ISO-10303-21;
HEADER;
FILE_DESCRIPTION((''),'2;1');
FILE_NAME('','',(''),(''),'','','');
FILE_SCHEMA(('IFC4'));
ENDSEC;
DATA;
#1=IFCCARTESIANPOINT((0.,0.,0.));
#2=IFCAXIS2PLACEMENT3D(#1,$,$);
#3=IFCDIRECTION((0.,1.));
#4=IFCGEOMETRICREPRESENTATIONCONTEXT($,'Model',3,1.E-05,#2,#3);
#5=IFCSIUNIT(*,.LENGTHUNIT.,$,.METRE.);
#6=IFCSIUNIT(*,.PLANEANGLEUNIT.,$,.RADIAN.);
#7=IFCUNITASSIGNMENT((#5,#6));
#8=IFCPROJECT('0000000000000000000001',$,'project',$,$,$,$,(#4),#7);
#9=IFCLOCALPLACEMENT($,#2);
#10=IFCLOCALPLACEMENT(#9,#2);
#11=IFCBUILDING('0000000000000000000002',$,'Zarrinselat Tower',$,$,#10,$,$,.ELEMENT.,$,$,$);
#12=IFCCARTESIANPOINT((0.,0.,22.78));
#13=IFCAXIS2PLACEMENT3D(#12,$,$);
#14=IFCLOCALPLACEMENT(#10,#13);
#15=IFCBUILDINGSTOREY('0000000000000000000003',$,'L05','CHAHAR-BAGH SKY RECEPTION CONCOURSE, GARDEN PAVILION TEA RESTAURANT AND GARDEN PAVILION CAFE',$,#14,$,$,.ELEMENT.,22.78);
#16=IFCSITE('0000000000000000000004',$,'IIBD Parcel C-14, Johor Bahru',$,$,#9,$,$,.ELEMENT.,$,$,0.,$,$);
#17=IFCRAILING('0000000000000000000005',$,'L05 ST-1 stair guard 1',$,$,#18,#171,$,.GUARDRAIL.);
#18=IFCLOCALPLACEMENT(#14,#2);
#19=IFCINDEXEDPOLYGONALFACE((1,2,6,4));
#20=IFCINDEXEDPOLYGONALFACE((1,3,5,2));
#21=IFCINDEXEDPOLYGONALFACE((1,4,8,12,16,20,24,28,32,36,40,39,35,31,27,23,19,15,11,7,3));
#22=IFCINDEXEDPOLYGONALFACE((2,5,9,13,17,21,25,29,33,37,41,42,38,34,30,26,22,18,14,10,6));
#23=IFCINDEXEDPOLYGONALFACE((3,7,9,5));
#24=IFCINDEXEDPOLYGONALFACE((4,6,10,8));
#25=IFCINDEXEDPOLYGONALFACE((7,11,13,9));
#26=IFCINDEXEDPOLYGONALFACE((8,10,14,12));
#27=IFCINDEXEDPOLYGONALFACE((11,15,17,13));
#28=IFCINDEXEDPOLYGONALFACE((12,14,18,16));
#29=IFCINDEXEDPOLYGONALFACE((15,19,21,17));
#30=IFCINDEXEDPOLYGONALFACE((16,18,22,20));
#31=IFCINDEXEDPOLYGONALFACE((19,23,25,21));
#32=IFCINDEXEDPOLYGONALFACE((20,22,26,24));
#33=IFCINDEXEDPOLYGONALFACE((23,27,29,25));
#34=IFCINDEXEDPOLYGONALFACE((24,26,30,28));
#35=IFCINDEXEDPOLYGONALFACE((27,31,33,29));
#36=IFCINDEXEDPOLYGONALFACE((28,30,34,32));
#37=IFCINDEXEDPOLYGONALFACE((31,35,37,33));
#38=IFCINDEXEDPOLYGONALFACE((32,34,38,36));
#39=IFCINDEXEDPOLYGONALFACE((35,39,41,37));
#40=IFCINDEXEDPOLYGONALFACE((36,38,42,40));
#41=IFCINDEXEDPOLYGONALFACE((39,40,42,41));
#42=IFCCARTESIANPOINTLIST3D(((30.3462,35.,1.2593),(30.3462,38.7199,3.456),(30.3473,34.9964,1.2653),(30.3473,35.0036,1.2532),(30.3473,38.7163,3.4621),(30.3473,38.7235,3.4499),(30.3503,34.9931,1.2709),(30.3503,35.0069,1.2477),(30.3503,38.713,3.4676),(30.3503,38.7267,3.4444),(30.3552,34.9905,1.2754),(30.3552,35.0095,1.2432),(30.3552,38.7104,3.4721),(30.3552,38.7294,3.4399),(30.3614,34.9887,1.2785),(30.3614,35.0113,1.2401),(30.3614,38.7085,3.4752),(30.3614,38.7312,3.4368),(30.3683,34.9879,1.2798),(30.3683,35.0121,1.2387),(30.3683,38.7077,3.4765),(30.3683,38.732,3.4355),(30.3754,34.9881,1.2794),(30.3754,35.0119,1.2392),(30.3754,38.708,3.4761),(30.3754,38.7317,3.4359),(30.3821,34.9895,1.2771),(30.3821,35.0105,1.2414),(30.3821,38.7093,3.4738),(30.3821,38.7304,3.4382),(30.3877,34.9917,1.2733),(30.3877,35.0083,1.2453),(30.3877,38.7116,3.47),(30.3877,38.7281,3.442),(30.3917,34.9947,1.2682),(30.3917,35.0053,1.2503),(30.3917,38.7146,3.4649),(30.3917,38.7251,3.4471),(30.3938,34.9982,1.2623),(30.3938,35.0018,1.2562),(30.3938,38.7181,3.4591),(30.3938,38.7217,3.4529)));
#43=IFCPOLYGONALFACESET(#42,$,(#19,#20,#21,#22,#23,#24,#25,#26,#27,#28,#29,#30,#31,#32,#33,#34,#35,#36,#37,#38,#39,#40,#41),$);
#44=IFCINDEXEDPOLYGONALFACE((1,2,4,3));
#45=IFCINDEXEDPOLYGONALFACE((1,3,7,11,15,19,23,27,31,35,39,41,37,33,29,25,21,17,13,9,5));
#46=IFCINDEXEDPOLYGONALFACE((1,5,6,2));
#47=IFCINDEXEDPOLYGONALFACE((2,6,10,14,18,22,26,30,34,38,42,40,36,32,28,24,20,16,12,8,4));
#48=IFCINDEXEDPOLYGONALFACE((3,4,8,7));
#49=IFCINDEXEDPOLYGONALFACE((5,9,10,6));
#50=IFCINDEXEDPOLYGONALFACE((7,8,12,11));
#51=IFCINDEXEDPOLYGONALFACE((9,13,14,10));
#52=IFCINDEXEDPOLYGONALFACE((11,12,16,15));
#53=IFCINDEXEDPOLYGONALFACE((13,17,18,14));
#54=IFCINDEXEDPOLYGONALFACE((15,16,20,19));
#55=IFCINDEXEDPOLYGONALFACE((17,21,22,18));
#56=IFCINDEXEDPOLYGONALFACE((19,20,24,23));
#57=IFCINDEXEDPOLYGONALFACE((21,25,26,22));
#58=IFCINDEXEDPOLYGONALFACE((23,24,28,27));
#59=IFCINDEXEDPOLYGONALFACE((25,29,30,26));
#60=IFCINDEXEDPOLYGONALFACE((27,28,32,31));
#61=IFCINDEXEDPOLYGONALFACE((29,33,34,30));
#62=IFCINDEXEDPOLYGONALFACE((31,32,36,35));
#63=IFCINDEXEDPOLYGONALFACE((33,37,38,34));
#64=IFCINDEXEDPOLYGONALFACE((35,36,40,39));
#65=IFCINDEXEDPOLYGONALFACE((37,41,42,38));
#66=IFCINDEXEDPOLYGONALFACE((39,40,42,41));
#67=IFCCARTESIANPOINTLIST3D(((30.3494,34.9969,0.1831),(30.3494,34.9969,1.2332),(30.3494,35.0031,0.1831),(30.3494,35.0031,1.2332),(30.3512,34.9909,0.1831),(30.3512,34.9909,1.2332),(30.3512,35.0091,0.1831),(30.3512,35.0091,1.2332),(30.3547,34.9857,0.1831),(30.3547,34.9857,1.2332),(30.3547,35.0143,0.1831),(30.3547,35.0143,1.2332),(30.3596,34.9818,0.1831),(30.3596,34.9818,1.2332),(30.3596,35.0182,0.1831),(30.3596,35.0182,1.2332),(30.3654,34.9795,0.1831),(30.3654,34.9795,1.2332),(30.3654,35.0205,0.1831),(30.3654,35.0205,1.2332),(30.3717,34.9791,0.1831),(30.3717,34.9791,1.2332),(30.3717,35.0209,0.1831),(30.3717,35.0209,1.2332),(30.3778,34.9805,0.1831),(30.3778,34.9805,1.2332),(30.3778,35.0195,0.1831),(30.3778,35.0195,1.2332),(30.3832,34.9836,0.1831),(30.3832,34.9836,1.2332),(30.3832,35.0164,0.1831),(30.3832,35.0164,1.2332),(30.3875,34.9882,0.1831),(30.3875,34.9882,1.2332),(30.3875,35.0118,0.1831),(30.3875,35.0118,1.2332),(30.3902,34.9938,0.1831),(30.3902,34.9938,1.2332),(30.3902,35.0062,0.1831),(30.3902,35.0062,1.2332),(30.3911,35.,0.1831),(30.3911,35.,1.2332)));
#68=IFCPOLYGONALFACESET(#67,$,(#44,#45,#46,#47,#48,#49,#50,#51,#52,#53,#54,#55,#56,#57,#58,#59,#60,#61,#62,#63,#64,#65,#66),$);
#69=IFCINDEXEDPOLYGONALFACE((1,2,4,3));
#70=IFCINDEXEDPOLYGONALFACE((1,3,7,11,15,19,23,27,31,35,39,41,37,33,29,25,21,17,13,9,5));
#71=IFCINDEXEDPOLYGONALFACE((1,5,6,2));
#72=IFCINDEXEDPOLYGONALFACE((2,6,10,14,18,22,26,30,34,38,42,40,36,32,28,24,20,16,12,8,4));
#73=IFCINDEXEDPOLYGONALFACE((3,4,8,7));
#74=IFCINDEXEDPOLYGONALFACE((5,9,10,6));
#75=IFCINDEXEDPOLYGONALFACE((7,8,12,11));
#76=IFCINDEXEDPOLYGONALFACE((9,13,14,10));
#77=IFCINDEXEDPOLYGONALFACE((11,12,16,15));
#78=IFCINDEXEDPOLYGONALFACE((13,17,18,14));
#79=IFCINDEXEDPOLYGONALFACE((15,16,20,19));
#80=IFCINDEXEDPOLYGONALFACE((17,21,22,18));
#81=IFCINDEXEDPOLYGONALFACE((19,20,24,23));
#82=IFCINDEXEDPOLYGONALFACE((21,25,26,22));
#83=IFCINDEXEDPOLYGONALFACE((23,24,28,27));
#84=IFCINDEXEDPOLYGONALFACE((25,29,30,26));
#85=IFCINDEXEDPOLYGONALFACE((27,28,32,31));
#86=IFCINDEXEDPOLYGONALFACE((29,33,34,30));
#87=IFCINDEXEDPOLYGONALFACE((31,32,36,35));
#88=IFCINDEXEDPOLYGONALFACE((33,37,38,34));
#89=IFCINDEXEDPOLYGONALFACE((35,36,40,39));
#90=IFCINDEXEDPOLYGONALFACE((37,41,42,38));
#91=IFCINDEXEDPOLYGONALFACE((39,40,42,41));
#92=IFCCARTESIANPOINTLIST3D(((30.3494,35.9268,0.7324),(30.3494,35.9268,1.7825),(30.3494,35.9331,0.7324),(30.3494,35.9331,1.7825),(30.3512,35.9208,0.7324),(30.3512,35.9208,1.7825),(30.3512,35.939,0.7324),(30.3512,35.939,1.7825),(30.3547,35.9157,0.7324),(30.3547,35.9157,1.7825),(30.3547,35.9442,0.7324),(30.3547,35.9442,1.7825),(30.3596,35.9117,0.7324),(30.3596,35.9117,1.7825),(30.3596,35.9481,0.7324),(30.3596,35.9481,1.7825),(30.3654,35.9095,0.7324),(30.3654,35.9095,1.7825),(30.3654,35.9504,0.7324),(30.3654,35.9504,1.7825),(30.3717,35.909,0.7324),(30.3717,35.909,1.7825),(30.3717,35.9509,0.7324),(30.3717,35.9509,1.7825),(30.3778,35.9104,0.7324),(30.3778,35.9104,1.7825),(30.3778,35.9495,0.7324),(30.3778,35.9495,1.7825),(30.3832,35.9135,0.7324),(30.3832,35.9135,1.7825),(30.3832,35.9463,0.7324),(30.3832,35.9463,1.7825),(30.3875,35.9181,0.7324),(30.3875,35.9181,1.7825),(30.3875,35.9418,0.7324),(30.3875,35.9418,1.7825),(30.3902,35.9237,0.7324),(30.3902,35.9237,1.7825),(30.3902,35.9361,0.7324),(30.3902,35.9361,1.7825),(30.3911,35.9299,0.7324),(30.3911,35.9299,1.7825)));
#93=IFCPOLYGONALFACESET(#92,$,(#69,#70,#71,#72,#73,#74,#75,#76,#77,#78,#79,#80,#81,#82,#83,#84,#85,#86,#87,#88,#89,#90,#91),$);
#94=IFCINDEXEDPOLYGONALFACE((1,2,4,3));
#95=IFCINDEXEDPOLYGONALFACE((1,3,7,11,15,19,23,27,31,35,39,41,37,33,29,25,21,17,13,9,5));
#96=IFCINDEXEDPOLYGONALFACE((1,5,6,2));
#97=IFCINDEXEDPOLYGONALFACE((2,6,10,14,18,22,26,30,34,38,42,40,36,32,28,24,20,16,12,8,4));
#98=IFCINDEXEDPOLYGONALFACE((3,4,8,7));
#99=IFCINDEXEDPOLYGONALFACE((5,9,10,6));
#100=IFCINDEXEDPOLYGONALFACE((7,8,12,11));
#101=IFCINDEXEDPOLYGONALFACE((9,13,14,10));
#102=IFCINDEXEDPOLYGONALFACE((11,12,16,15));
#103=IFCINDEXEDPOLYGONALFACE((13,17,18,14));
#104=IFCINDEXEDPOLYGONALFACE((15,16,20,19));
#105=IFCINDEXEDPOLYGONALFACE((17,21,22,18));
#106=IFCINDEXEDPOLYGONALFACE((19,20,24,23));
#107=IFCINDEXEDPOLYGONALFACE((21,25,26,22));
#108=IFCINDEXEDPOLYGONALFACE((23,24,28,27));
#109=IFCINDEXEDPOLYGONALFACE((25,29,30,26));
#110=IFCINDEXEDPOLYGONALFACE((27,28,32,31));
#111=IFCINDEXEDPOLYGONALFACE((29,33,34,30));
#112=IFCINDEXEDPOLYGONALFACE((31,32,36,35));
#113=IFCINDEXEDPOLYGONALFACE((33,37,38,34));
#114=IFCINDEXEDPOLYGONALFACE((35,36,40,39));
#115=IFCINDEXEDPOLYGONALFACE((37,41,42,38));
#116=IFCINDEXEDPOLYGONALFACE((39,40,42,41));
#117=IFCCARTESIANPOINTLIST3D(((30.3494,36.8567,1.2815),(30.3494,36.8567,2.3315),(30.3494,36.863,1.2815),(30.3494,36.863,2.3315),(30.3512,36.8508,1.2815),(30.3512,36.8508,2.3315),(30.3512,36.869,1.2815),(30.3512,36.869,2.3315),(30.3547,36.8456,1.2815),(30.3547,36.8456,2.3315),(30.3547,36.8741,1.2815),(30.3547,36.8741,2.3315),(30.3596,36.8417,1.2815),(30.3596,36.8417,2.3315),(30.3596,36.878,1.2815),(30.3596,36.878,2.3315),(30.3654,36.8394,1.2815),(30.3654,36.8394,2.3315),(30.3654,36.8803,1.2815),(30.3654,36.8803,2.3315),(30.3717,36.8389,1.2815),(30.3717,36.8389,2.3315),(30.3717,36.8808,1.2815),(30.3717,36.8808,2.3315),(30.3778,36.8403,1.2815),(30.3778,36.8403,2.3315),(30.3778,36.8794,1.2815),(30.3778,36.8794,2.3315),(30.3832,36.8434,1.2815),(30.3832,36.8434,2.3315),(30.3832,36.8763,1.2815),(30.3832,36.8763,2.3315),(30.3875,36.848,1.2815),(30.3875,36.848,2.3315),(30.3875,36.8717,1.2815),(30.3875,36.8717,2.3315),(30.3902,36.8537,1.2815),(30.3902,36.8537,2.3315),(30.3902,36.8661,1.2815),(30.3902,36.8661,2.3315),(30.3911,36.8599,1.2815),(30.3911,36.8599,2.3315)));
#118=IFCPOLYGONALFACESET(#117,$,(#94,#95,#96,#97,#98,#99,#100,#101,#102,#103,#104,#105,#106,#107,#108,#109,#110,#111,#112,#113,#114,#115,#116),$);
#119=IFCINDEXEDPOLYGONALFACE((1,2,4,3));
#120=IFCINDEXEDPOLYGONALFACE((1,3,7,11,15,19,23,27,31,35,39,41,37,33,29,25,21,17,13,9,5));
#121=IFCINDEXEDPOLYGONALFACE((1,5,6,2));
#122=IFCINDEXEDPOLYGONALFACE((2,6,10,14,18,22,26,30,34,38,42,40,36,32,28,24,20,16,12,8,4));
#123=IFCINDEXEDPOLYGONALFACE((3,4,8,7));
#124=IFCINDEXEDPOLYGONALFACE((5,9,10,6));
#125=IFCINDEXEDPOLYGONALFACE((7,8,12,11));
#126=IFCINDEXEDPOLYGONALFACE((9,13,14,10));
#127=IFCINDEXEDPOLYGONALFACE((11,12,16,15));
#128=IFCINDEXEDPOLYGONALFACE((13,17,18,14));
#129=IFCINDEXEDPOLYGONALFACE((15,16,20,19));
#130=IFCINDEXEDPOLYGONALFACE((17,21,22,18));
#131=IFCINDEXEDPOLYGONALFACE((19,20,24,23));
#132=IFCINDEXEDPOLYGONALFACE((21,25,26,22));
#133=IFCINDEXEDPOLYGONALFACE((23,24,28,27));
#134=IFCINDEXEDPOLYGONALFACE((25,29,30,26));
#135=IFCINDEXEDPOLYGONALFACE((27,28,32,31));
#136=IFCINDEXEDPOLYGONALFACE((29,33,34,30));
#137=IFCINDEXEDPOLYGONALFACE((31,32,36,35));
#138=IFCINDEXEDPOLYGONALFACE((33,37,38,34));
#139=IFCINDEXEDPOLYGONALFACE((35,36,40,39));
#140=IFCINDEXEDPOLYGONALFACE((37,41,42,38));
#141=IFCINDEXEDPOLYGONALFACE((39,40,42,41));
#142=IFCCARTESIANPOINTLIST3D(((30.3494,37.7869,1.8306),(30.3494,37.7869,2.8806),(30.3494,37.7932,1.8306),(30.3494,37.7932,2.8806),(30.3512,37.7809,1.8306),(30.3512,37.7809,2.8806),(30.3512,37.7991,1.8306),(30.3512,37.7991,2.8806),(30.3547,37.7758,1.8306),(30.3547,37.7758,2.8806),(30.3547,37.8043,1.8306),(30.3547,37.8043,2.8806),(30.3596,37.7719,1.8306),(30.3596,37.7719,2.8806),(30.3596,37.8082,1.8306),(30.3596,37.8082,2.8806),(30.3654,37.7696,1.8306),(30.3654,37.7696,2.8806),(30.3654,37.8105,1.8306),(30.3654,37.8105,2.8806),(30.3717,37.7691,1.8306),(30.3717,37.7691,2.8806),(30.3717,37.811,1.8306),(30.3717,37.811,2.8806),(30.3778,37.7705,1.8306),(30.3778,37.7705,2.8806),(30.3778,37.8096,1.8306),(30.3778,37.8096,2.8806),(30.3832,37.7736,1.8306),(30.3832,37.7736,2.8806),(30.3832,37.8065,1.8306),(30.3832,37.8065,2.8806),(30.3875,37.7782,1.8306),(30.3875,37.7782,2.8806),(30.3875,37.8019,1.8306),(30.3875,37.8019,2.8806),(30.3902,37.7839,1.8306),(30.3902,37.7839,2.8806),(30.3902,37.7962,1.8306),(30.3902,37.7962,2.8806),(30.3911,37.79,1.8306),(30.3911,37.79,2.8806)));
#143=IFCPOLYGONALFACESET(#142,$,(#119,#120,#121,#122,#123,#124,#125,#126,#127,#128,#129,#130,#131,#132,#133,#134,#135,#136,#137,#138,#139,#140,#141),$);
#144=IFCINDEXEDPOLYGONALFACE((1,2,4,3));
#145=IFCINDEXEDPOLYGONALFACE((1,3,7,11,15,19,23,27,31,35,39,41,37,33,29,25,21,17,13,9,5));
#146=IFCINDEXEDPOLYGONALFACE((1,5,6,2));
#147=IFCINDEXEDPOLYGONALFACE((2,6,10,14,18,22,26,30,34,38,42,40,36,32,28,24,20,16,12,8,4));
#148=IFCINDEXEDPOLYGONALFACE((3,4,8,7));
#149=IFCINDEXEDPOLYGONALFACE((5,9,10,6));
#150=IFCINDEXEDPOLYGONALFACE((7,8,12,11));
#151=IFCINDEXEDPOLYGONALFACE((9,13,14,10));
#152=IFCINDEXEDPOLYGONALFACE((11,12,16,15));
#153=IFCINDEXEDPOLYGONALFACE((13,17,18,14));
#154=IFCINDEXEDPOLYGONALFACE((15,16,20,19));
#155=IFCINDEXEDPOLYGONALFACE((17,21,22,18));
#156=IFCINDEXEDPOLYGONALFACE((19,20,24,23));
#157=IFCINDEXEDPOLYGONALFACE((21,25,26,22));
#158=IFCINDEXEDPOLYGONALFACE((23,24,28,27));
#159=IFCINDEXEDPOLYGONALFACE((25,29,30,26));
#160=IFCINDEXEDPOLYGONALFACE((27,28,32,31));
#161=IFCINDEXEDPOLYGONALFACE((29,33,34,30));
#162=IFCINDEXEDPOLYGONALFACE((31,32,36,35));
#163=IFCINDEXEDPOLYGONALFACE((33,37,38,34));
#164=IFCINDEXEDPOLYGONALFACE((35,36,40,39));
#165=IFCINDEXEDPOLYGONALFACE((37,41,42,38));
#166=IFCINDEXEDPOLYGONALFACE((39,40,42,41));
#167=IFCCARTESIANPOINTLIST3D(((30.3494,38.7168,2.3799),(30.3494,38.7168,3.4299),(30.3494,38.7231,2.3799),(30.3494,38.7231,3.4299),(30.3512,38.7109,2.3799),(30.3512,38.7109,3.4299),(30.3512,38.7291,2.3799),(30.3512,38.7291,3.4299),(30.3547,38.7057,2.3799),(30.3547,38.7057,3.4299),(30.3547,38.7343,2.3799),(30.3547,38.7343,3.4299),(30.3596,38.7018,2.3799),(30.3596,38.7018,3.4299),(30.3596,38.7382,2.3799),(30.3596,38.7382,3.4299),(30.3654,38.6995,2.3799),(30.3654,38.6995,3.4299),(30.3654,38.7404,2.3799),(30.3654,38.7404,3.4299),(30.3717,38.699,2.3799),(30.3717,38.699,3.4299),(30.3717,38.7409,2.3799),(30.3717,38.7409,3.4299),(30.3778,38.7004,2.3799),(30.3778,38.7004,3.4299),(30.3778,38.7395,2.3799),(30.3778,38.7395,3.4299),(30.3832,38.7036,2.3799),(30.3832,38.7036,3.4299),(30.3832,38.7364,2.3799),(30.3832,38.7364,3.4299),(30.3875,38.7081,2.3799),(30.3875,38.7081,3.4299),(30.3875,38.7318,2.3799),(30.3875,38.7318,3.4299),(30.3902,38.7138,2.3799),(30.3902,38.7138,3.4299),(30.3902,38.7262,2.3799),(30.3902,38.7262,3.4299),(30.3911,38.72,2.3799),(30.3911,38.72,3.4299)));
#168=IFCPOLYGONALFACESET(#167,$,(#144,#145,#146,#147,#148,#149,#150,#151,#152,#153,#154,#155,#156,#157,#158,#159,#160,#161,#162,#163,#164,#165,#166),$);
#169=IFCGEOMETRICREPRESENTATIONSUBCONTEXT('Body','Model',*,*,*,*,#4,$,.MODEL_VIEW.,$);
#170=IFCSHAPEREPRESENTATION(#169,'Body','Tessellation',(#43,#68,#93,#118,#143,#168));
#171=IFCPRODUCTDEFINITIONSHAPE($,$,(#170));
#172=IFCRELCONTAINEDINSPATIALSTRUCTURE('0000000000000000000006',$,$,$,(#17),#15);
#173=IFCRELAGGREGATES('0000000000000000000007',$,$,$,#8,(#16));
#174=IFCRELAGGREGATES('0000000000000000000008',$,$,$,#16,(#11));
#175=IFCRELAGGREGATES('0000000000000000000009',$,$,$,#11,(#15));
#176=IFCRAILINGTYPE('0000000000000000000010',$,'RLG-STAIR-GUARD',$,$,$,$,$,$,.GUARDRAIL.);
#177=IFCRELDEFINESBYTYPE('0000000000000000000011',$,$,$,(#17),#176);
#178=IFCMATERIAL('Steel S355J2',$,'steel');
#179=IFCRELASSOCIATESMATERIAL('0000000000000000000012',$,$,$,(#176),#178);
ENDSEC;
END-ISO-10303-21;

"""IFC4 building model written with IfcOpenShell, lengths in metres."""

from ifc_helpers import new_model, si_unit, direction, frame, origin, origin_2d, place, context, subcontext, project, spatial, circle, extrude, material, type_object, element, save


model = new_model("IFC4")

# Units and contexts
model_context = context("Model", 3, precision=1e-05, world=origin(), true_north=direction((0.0, 1.0)))
body_context = subcontext(model_context, "Body", "Model", "MODEL_VIEW")
ifc_project = project(units=[si_unit("LENGTHUNIT", "METRE"), si_unit("PLANEANGLEUNIT", "RADIAN")], contexts=[model_context])

# Site, building, storey
site_placement = place(None, origin())
site = spatial("IfcSite", under=ifc_project, at=site_placement, Name="IIBD Parcel C-14, Johor Bahru", CompositionType="ELEMENT", RefElevation=0.0)
building_placement = place(site_placement, origin())
building = spatial("IfcBuilding", under=site, at=building_placement, Name="Zarrinselat Tower", CompositionType="ELEMENT")
storey_placement = place(building_placement, frame((0.0, 0.0, 22.78)))
storey = spatial("IfcBuildingStorey", under=building, at=storey_placement, Name="L05", Description="CHAHAR-BAGH SKY RECEPTION CONCOURSE, GARDEN PAVILION TEA RESTAURANT AND GARDEN PAVILION CAFE", CompositionType="ELEMENT", Elevation=22.78)

# Railing
ifc_material_1 = material(Name="Steel S355J2", Category="steel")
railing_type_1 = type_object("IfcRailingType", Name="RLG-STAIR-GUARD", PredefinedType="GUARDRAIL", material=ifc_material_1)
railing_1_placement = place(storey_placement, frame((30.3701, 35.0, 0.1831)))
element("IfcRailing", 1, at=railing_1_placement, inside=storey, type_object=railing_type_1, Name="L05 ST-1 stair guard 1", PredefinedType="GUARDRAIL", context=body_context, shape_type="SweptSolid", body=[
    extrude(circle(Radius=0.0239, at=origin_2d()), frame((0.0, 0.0, 1.0762), z_axis=(0.0, 0.861067, 0.508491), x_axis=(-1.0, 0.0, 0.0)), (0.0, 0.0, 1.0), 4.3201),
    extrude(circle(Radius=0.021, at=origin_2d()), origin(), (0.0, 0.0, 1.0), 1.05),
    extrude(circle(Radius=0.021, at=origin_2d()), frame((0.0, 0.9299, 0.5493)), (0.0, 0.0, 1.0), 1.05),
    extrude(circle(Radius=0.021, at=origin_2d()), frame((0.0, 1.8599, 1.0984)), (0.0, 0.0, 1.0), 1.05),
    extrude(circle(Radius=0.021, at=origin_2d()), frame((0.0, 2.79, 1.6475)), (0.0, 0.0, 1.0), 1.05),
    extrude(circle(Radius=0.021, at=origin_2d()), frame((0.0, 3.72, 2.1968)), (0.0, 0.0, 1.0), 1.05),
])

save(model, "model.ifc")
